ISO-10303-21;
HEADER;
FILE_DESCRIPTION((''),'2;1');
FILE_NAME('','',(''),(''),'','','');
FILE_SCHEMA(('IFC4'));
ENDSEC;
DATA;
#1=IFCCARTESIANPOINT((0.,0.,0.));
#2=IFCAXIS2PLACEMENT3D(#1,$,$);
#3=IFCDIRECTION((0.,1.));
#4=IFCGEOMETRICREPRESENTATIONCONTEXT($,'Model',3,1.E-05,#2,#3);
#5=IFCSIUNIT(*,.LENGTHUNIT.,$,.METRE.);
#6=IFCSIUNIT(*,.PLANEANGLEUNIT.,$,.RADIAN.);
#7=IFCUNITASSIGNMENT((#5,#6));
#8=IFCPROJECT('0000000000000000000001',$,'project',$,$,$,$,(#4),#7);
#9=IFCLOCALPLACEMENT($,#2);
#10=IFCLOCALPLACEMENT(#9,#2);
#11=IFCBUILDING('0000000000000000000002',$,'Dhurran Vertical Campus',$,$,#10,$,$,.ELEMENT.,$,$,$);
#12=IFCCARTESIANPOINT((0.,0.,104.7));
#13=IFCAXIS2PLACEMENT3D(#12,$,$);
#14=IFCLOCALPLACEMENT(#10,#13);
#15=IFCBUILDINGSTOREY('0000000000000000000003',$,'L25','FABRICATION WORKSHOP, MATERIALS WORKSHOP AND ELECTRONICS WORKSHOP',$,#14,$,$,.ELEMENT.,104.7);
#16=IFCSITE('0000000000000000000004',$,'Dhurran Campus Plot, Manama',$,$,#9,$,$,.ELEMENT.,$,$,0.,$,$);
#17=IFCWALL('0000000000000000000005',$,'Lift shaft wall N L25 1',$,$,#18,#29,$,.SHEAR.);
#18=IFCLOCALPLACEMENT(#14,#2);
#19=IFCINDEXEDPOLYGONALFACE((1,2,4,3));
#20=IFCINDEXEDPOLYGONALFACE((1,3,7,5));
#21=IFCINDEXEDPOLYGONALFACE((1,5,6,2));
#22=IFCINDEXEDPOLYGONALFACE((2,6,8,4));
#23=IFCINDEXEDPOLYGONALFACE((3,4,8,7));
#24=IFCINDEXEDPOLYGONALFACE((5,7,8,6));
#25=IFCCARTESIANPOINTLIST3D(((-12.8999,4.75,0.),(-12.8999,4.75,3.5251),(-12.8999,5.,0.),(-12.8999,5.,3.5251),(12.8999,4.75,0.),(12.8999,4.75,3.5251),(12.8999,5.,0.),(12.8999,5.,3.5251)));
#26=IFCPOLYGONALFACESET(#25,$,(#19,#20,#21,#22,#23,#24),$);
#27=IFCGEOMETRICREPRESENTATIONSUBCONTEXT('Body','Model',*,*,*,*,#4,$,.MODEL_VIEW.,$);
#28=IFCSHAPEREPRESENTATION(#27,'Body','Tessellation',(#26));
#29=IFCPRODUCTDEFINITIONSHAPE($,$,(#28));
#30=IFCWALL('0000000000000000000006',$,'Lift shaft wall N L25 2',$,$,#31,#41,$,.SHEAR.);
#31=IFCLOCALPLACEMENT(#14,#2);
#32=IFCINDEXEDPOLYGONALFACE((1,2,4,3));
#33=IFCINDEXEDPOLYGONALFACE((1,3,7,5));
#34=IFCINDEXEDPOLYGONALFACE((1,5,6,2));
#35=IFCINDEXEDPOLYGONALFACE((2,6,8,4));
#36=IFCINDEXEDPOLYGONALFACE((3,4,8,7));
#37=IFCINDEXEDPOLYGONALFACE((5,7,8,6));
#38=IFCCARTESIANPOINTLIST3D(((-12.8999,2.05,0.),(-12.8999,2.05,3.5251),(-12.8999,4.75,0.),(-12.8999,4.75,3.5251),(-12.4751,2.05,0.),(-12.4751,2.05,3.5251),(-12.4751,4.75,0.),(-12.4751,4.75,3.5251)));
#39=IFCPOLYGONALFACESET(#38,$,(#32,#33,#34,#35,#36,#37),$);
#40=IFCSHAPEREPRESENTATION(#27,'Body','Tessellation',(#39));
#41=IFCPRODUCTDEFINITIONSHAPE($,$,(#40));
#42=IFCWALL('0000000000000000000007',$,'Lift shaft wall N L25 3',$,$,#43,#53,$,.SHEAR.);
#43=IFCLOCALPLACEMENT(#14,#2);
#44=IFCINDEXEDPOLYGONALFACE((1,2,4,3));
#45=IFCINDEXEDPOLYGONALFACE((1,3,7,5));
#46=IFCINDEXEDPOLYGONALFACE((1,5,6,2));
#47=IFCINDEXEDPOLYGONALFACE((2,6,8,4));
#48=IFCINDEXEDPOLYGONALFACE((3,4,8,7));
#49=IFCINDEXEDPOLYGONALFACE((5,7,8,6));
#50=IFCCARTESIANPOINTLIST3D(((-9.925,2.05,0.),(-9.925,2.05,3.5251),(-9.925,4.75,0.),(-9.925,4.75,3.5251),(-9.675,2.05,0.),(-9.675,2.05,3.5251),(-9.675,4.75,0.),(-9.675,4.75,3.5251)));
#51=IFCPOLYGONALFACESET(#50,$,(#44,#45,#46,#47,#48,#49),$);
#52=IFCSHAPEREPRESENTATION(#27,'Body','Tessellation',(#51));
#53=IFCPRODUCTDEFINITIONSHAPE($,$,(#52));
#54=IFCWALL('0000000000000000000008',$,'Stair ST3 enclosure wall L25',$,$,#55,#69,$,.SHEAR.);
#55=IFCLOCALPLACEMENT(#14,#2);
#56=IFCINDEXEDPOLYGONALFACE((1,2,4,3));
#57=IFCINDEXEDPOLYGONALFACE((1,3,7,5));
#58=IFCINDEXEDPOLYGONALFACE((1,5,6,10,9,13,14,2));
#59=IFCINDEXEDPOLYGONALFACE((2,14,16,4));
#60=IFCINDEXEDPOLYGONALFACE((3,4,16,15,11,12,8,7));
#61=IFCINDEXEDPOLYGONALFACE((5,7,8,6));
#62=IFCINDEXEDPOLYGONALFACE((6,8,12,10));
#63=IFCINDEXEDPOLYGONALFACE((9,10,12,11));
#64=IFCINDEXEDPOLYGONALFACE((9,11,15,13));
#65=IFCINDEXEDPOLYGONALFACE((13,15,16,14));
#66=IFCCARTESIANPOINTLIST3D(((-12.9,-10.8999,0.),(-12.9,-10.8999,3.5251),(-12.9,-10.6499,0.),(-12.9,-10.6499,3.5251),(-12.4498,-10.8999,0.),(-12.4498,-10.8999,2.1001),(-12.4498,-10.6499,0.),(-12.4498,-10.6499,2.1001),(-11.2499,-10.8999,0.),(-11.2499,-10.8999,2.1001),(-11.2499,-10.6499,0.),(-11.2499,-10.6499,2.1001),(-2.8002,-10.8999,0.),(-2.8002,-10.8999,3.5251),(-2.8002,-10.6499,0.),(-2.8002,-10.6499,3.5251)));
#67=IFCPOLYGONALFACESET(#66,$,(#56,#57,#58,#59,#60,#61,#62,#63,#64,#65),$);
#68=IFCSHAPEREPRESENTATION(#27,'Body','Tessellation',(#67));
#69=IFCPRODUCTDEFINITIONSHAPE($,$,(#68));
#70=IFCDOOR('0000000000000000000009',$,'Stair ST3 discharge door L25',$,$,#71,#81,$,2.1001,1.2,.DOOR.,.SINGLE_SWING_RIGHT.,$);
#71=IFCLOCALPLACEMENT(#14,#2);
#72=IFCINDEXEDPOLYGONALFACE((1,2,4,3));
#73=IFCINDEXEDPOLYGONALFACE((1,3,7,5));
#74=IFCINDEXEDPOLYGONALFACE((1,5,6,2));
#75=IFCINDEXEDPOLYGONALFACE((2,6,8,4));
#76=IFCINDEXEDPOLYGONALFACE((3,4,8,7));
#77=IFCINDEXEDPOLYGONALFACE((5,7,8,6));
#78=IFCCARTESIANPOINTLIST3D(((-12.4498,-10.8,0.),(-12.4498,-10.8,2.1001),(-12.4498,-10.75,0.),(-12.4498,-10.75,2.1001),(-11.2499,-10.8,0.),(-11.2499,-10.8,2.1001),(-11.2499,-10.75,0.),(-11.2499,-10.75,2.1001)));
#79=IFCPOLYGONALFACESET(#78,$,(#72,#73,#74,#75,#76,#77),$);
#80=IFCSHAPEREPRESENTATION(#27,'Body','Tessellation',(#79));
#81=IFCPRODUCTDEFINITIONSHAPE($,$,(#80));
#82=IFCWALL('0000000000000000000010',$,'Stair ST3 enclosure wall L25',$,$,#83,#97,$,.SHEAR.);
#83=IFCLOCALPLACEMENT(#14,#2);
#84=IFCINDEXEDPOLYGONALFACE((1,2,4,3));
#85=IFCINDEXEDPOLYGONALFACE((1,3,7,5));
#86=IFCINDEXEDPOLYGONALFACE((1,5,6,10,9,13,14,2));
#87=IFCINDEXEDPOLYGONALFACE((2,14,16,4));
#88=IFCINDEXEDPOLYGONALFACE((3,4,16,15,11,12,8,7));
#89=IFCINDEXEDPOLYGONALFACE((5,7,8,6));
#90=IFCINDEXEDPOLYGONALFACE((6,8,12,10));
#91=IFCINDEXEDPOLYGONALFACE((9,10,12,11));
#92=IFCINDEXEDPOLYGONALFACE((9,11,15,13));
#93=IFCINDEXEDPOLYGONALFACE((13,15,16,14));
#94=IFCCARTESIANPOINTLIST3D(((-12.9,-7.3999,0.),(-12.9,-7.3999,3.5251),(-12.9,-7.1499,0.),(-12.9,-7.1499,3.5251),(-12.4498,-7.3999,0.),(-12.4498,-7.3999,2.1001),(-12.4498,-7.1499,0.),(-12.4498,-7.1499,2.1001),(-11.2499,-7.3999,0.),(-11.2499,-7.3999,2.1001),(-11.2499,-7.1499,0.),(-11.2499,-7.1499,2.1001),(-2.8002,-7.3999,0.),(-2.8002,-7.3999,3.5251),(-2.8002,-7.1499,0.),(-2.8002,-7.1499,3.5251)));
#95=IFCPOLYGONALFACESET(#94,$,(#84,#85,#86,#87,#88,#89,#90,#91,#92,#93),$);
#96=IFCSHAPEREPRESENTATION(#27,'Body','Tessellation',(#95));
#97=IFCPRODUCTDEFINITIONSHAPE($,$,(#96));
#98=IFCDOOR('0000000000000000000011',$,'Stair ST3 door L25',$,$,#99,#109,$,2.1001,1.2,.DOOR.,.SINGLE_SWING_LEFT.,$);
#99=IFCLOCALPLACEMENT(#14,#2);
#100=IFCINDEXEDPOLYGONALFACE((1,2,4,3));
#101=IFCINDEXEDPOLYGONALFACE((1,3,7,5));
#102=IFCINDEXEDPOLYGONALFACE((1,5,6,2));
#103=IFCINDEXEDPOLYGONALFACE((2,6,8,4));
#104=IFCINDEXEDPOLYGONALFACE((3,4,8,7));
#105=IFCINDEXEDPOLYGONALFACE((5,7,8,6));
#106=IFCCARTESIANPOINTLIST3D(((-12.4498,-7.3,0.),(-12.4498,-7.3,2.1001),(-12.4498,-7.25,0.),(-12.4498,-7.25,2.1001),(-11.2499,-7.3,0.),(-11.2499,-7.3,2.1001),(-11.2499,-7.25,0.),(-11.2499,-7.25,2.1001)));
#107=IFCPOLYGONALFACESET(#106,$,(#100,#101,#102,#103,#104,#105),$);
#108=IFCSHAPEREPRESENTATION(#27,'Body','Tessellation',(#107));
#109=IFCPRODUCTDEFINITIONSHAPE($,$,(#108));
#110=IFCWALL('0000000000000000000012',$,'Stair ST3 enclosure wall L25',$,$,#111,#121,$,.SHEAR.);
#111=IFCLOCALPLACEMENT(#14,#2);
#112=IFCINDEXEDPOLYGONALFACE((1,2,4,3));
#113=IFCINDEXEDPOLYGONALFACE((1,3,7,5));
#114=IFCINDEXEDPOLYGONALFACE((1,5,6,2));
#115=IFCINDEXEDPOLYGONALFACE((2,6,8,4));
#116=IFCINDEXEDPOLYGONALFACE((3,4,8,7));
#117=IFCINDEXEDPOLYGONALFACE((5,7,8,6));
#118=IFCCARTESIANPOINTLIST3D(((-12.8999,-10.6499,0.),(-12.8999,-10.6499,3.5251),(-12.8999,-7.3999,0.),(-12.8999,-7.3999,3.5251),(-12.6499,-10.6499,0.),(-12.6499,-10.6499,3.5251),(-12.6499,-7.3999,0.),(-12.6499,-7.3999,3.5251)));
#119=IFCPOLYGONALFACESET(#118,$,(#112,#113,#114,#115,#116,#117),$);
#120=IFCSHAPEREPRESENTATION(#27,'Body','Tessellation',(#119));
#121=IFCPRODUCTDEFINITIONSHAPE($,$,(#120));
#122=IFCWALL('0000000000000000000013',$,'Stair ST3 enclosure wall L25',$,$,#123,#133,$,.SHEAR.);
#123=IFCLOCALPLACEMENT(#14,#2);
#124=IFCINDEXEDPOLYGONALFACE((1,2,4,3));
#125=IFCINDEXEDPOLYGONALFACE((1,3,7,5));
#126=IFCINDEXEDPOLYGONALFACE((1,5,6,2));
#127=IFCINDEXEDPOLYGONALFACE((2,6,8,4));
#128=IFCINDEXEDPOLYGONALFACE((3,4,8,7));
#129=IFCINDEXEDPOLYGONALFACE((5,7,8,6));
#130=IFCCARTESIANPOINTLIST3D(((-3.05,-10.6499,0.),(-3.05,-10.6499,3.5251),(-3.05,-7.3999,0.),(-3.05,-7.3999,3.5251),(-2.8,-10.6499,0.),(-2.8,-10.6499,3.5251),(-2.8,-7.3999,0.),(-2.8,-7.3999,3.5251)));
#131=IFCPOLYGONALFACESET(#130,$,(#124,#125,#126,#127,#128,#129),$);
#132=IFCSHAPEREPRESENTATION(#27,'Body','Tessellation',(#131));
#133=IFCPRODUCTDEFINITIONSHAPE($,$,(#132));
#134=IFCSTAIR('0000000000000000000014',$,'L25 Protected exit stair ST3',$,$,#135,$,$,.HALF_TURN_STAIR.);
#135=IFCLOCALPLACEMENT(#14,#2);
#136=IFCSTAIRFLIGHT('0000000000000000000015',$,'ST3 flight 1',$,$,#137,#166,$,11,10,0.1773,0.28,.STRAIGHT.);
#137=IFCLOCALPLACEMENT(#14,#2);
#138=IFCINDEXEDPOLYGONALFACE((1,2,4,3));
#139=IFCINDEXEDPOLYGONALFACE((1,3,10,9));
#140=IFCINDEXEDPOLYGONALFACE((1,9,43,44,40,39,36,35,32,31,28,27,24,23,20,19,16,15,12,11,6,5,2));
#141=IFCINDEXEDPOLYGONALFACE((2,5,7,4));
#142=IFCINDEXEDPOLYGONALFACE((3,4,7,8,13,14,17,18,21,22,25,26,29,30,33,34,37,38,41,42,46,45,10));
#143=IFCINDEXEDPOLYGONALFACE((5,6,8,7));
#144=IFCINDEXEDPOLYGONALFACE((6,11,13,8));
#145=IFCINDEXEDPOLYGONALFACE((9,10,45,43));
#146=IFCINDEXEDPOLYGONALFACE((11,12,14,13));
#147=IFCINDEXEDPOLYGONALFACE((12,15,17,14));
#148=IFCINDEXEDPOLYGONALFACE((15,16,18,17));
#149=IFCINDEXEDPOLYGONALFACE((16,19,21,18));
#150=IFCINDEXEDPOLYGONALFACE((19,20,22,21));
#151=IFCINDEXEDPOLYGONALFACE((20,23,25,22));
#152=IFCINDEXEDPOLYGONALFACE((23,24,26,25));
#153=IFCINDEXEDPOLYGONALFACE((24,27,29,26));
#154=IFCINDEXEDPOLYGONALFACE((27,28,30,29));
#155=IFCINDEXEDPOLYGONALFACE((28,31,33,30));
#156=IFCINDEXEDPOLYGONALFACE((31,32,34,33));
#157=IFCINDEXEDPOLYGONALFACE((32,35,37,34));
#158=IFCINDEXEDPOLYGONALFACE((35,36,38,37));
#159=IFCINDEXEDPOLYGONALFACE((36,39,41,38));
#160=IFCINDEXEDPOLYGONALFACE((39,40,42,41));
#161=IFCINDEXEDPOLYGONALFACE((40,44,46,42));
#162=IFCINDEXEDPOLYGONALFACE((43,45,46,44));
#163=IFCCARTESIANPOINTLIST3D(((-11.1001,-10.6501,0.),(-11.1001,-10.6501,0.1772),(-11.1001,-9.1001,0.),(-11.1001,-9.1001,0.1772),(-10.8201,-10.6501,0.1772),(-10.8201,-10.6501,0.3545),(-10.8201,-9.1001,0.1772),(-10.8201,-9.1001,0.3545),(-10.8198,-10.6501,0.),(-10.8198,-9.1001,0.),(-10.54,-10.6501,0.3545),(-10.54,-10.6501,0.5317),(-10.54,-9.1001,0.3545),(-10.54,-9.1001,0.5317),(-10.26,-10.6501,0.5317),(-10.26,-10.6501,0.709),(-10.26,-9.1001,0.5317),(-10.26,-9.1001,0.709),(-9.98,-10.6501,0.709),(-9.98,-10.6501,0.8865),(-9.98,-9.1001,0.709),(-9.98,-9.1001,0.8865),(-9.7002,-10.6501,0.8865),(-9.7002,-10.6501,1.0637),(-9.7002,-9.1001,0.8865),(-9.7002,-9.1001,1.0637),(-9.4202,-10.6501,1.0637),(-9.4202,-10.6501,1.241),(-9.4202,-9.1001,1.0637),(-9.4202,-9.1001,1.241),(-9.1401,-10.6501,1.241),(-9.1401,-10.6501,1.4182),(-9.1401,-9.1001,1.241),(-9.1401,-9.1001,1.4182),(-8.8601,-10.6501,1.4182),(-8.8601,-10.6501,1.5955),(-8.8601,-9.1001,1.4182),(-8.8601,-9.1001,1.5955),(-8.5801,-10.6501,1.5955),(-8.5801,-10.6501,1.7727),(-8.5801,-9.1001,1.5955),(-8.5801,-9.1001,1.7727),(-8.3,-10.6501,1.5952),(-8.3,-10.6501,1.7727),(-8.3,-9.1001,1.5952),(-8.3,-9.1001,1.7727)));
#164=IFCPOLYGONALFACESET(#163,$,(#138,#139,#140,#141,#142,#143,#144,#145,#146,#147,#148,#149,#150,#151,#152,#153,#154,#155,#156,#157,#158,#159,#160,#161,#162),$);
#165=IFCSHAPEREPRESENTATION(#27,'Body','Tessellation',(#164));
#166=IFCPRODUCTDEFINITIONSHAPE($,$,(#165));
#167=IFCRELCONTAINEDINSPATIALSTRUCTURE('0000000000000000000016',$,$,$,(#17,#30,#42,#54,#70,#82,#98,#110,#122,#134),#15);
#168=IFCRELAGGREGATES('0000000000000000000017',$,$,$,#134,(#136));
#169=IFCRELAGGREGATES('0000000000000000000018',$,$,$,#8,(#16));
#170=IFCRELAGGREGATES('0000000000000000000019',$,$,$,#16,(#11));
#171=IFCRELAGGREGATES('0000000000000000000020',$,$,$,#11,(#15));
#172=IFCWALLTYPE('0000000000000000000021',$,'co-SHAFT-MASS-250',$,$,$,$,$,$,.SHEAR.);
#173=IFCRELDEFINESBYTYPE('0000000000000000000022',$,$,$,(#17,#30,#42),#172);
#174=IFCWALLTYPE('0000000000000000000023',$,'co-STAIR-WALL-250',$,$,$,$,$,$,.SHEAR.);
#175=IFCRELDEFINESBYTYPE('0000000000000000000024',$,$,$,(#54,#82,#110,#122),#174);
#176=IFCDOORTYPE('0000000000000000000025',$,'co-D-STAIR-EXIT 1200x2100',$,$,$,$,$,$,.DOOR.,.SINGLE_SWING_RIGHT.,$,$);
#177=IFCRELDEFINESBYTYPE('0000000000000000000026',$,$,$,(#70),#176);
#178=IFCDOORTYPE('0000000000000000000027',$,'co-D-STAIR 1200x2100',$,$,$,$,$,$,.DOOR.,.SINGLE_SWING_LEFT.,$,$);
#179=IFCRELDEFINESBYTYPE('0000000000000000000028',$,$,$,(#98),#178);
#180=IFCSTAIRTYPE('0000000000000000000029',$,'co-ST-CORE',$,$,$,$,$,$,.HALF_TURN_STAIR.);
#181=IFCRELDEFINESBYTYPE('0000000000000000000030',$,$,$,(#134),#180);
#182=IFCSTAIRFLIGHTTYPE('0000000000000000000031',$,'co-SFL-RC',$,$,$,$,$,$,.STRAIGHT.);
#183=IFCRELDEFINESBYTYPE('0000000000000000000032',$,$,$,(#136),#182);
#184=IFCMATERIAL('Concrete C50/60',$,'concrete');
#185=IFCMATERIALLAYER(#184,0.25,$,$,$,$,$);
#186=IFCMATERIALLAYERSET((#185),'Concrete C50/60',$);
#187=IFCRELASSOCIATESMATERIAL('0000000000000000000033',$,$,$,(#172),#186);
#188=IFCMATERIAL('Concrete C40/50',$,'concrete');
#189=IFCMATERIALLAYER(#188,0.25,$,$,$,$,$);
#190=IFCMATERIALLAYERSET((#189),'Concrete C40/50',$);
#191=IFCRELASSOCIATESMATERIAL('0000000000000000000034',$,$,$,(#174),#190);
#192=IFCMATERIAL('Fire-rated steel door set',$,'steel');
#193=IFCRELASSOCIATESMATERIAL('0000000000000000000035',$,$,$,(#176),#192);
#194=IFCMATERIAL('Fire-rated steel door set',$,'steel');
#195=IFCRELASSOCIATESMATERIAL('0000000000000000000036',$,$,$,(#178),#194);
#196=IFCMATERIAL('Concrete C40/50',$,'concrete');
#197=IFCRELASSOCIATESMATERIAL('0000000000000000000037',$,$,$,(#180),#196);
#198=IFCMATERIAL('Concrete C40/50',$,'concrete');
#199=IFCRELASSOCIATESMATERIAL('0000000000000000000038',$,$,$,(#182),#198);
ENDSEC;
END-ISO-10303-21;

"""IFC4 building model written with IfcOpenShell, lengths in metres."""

from ifc_helpers import new_model, si_unit, direction, frame, frame_2d, origin, place, context, subcontext, project, spatial, polyline, rectangle, outline, extrude, material, layer, layer_set, type_object, element, fill, aggregate, save


model = new_model("IFC4")

# Units and contexts
model_context = context("Model", 3, precision=1e-05, world=origin(), true_north=direction((0.0, 1.0)))
body_context = subcontext(model_context, "Body", "Model", "MODEL_VIEW")
ifc_project = project(units=[si_unit("LENGTHUNIT", "METRE"), si_unit("PLANEANGLEUNIT", "RADIAN")], contexts=[model_context])

# Site, building, storey
site_placement = place(None, origin())
site = spatial("IfcSite", under=ifc_project, at=site_placement, Name="Dhurran Campus Plot, Manama", CompositionType="ELEMENT", RefElevation=0.0)
building_placement = place(site_placement, origin())
building = spatial("IfcBuilding", under=site, at=building_placement, Name="Dhurran Vertical Campus", CompositionType="ELEMENT")
storey_placement = place(building_placement, frame((0.0, 0.0, 104.7)))
storey = spatial("IfcBuildingStorey", under=building, at=storey_placement, Name="L25", Description="FABRICATION WORKSHOP, MATERIALS WORKSHOP AND ELECTRONICS WORKSHOP", CompositionType="ELEMENT", Elevation=104.7)

# Walls
ifc_material_1 = material(Name="Concrete C50/60", Category="concrete")
ifc_layer_1 = layer(ifc_material_1, 0.25)
ifc_layer_set_1 = layer_set([ifc_layer_1], Name="Concrete C50/60")
wall_type_1 = type_object("IfcWallType", Name="co-SHAFT-MASS-250", PredefinedType="SHEAR", material=ifc_layer_set_1)
wall_1_placement = place(storey_placement, origin())
element("IfcWall", 1, at=wall_1_placement, inside=storey, type_object=wall_type_1, Name="Lift shaft wall N L25 1", PredefinedType="SHEAR", context=body_context, shape_type="SweptSolid", body=[
    extrude(outline(polyline([(-12.8999, 4.75), (12.8999, 4.75), (12.8999, 5.0), (-12.8999, 5.0), (-12.8999, 4.75)])), origin(), (0.0, 0.0, 1.0), 3.5251),
])
wall_2_placement = place(storey_placement, origin())
element("IfcWall", 2, at=wall_2_placement, inside=storey, type_object=wall_type_1, Name="Lift shaft wall N L25 2", PredefinedType="SHEAR", context=body_context, shape_type="SweptSolid", body=[
    extrude(outline(polyline([(-12.8999, 2.05), (-12.4751, 2.05), (-12.4751, 4.75), (-12.8999, 4.75), (-12.8999, 2.05)])), origin(), (0.0, 0.0, 1.0), 3.5251),
])
wall_3_placement = place(storey_placement, origin())
element("IfcWall", 3, at=wall_3_placement, inside=storey, type_object=wall_type_1, Name="Lift shaft wall N L25 3", PredefinedType="SHEAR", context=body_context, shape_type="SweptSolid", body=[
    extrude(outline(polyline([(-9.925, 2.05), (-9.675, 2.05), (-9.675, 4.75), (-9.925, 4.75), (-9.925, 2.05)])), origin(), (0.0, 0.0, 1.0), 3.5251),
])

# Walls, openings, doors
ifc_material_2 = material(Name="Concrete C40/50", Category="concrete")
ifc_layer_2 = layer(ifc_material_2, 0.25)
ifc_layer_set_2 = layer_set([ifc_layer_2], Name="Concrete C40/50")
wall_type_2 = type_object("IfcWallType", Name="co-STAIR-WALL-250", PredefinedType="SHEAR", material=ifc_layer_set_2)
wall_4_placement = place(storey_placement, frame((-12.8999, -10.7749, 0.0), z_axis=(0.0, 0.0, 1.0), x_axis=(1.0, 0.0, 0.0)))
wall_4 = element("IfcWall", 4, at=wall_4_placement, inside=storey, type_object=wall_type_2, Name="Stair ST3 enclosure wall L25", PredefinedType="SHEAR", context=body_context, shape_type="SweptSolid", body=[
    extrude(rectangle(XDim=10.0999, YDim=0.25, at=frame_2d((5.0498, 0.0))), origin(), (0.0, 0.0, 1.0), 3.5251),
])
opening_1_placement = place(wall_4_placement, frame((0.45, 0.0, 0.0)))
opening_1 = element("IfcOpeningElement", 5, at=opening_1_placement, cuts=wall_4, PredefinedType="OPENING", context=body_context, shape_type="SweptSolid", body=[
    extrude(rectangle(XDim=1.2, YDim=2.1001, at=frame_2d((0.6001, 1.05))), frame((0.0, 0.135, 0.0), z_axis=(0.0, -1.0, 0.0), x_axis=(1.0, 0.0, 0.0)), (0.0, 0.0, 1.0), 0.27),
])
ifc_material_3 = material(Name="Fire-rated steel door set", Category="steel")
door_type_1 = type_object("IfcDoorType", Name="co-D-STAIR-EXIT 1200x2100", OperationType="SINGLE_SWING_RIGHT", PredefinedType="DOOR", material=ifc_material_3)
door_1_placement = place(opening_1_placement, origin())
door_1 = element("IfcDoor", 6, at=door_1_placement, inside=storey, type_object=door_type_1, Name="Stair ST3 discharge door L25", OperationType="SINGLE_SWING_RIGHT", OverallHeight=2.1001, OverallWidth=1.2, PredefinedType="DOOR", context=body_context, shape_type="SweptSolid", body=[
    extrude(rectangle(XDim=1.2, YDim=2.1001, at=frame_2d((0.6001, 1.05))), frame((0.0, 0.0249, 0.0), z_axis=(0.0, -1.0, 0.0), x_axis=(1.0, 0.0, 0.0)), (0.0, 0.0, 1.0), 0.05),
])
fill(opening_1, door_1)
wall_5_placement = place(storey_placement, frame((-12.8999, -7.2749, 0.0), z_axis=(0.0, 0.0, 1.0), x_axis=(1.0, 0.0, 0.0)))
wall_5 = element("IfcWall", 7, at=wall_5_placement, inside=storey, type_object=wall_type_2, Name="Stair ST3 enclosure wall L25", PredefinedType="SHEAR", context=body_context, shape_type="SweptSolid", body=[
    extrude(rectangle(XDim=10.0999, YDim=0.25, at=frame_2d((5.0498, 0.0))), origin(), (0.0, 0.0, 1.0), 3.5251),
])
opening_2_placement = place(wall_5_placement, frame((0.45, 0.0, 0.0)))
opening_2 = element("IfcOpeningElement", 8, at=opening_2_placement, cuts=wall_5, PredefinedType="OPENING", context=body_context, shape_type="SweptSolid", body=[
    extrude(rectangle(XDim=1.2, YDim=2.1001, at=frame_2d((0.6001, 1.05))), frame((0.0, 0.135, 0.0), z_axis=(0.0, -1.0, 0.0), x_axis=(1.0, 0.0, 0.0)), (0.0, 0.0, 1.0), 0.27),
])
ifc_material_4 = material(Name="Fire-rated steel door set", Category="steel")
door_type_2 = type_object("IfcDoorType", Name="co-D-STAIR 1200x2100", OperationType="SINGLE_SWING_LEFT", PredefinedType="DOOR", material=ifc_material_4)
door_2_placement = place(opening_2_placement, origin())
door_2 = element("IfcDoor", 9, at=door_2_placement, inside=storey, type_object=door_type_2, Name="Stair ST3 door L25", OperationType="SINGLE_SWING_LEFT", OverallHeight=2.1001, OverallWidth=1.2, PredefinedType="DOOR", context=body_context, shape_type="SweptSolid", body=[
    extrude(rectangle(XDim=1.2, YDim=2.1001, at=frame_2d((0.6001, 1.05))), frame((0.0, 0.0249, 0.0), z_axis=(0.0, -1.0, 0.0), x_axis=(1.0, 0.0, 0.0)), (0.0, 0.0, 1.0), 0.05),
])
fill(opening_2, door_2)

# Walls
for number, where, z_axis, x_axis, name in (
    (10, (-12.7749, -10.6499, 0.0), (0.0, 0.0, 1.0), (0.0, 1.0, 0.0), "Stair ST3 enclosure wall L25"),
    (11, (-2.925, -10.6499, 0.0), (0.0, 0.0, 1.0), (0.0, 1.0, 0.0), "Stair ST3 enclosure wall L25"),
):
    element("IfcWall", number, at=place(storey_placement, frame(where, z_axis=z_axis, x_axis=x_axis)), inside=storey, type_object=wall_type_2, Name=name, PredefinedType="SHEAR", context=body_context, shape_type="SweptSolid", body=[
        extrude(rectangle(XDim=3.25, YDim=0.25, at=frame_2d((1.625, 0.0))), origin(), (0.0, 0.0, 1.0), 3.5251),
    ])

# Stair, stair flight
ifc_material_5 = material(Name="Concrete C40/50", Category="concrete")
stair_type = type_object("IfcStairType", Name="co-ST-CORE", PredefinedType="HALF_TURN_STAIR", material=ifc_material_5)
stair_placement = place(storey_placement, origin())
stair = element("IfcStair", 12, at=stair_placement, inside=storey, type_object=stair_type, Name="L25 Protected exit stair ST3", PredefinedType="HALF_TURN_STAIR")
ifc_material_6 = material(Name="Concrete C40/50", Category="concrete")
stair_flight_type = type_object("IfcStairFlightType", Name="co-SFL-RC", PredefinedType="STRAIGHT", material=ifc_material_6)
stair_flight_1_placement = place(storey_placement, frame((-11.1001, -9.875, 0.0), z_axis=(0.0, 0.0, 1.0), x_axis=(1.0, 0.0, 0.0)))
stair_flight_1 = element("IfcStairFlight", 13, at=stair_flight_1_placement, type_object=stair_flight_type, Name="ST3 flight 1", NumberOfRisers=11, NumberOfTreads=10, PredefinedType="STRAIGHT", RiserHeight=0.1773, TreadLength=0.28, context=body_context, shape_type="SweptSolid", body=[
    extrude(outline(polyline([(0.0, 0.0), (0.0, 0.1772), (0.28, 0.1772), (0.28, 0.3545), (0.5601, 0.3545), (0.5601, 0.5317), (0.8401, 0.5317), (0.8401, 0.709), (1.1201, 0.709), (1.1201, 0.8865), (1.3999, 0.8865), (1.3999, 1.0637), (1.6799, 1.0637), (1.6799, 1.241), (1.96, 1.241), (1.96, 1.4182), (2.24, 1.4182), (2.24, 1.5955), (2.52, 1.5955), (2.52, 1.7727), (2.8, 1.7727), (2.8, 1.95), (2.8, 1.5952), (0.2803, 0.0), (0.0, 0.0)])), frame((0.0, 0.7749, 0.0), z_axis=(0.0, -1.0, 0.0), x_axis=(1.0, 0.0, 0.0)), (0.0, 0.0, 1.0), 1.55),
])
aggregate(stair, [stair_flight_1])

save(model, "model.ifc")
